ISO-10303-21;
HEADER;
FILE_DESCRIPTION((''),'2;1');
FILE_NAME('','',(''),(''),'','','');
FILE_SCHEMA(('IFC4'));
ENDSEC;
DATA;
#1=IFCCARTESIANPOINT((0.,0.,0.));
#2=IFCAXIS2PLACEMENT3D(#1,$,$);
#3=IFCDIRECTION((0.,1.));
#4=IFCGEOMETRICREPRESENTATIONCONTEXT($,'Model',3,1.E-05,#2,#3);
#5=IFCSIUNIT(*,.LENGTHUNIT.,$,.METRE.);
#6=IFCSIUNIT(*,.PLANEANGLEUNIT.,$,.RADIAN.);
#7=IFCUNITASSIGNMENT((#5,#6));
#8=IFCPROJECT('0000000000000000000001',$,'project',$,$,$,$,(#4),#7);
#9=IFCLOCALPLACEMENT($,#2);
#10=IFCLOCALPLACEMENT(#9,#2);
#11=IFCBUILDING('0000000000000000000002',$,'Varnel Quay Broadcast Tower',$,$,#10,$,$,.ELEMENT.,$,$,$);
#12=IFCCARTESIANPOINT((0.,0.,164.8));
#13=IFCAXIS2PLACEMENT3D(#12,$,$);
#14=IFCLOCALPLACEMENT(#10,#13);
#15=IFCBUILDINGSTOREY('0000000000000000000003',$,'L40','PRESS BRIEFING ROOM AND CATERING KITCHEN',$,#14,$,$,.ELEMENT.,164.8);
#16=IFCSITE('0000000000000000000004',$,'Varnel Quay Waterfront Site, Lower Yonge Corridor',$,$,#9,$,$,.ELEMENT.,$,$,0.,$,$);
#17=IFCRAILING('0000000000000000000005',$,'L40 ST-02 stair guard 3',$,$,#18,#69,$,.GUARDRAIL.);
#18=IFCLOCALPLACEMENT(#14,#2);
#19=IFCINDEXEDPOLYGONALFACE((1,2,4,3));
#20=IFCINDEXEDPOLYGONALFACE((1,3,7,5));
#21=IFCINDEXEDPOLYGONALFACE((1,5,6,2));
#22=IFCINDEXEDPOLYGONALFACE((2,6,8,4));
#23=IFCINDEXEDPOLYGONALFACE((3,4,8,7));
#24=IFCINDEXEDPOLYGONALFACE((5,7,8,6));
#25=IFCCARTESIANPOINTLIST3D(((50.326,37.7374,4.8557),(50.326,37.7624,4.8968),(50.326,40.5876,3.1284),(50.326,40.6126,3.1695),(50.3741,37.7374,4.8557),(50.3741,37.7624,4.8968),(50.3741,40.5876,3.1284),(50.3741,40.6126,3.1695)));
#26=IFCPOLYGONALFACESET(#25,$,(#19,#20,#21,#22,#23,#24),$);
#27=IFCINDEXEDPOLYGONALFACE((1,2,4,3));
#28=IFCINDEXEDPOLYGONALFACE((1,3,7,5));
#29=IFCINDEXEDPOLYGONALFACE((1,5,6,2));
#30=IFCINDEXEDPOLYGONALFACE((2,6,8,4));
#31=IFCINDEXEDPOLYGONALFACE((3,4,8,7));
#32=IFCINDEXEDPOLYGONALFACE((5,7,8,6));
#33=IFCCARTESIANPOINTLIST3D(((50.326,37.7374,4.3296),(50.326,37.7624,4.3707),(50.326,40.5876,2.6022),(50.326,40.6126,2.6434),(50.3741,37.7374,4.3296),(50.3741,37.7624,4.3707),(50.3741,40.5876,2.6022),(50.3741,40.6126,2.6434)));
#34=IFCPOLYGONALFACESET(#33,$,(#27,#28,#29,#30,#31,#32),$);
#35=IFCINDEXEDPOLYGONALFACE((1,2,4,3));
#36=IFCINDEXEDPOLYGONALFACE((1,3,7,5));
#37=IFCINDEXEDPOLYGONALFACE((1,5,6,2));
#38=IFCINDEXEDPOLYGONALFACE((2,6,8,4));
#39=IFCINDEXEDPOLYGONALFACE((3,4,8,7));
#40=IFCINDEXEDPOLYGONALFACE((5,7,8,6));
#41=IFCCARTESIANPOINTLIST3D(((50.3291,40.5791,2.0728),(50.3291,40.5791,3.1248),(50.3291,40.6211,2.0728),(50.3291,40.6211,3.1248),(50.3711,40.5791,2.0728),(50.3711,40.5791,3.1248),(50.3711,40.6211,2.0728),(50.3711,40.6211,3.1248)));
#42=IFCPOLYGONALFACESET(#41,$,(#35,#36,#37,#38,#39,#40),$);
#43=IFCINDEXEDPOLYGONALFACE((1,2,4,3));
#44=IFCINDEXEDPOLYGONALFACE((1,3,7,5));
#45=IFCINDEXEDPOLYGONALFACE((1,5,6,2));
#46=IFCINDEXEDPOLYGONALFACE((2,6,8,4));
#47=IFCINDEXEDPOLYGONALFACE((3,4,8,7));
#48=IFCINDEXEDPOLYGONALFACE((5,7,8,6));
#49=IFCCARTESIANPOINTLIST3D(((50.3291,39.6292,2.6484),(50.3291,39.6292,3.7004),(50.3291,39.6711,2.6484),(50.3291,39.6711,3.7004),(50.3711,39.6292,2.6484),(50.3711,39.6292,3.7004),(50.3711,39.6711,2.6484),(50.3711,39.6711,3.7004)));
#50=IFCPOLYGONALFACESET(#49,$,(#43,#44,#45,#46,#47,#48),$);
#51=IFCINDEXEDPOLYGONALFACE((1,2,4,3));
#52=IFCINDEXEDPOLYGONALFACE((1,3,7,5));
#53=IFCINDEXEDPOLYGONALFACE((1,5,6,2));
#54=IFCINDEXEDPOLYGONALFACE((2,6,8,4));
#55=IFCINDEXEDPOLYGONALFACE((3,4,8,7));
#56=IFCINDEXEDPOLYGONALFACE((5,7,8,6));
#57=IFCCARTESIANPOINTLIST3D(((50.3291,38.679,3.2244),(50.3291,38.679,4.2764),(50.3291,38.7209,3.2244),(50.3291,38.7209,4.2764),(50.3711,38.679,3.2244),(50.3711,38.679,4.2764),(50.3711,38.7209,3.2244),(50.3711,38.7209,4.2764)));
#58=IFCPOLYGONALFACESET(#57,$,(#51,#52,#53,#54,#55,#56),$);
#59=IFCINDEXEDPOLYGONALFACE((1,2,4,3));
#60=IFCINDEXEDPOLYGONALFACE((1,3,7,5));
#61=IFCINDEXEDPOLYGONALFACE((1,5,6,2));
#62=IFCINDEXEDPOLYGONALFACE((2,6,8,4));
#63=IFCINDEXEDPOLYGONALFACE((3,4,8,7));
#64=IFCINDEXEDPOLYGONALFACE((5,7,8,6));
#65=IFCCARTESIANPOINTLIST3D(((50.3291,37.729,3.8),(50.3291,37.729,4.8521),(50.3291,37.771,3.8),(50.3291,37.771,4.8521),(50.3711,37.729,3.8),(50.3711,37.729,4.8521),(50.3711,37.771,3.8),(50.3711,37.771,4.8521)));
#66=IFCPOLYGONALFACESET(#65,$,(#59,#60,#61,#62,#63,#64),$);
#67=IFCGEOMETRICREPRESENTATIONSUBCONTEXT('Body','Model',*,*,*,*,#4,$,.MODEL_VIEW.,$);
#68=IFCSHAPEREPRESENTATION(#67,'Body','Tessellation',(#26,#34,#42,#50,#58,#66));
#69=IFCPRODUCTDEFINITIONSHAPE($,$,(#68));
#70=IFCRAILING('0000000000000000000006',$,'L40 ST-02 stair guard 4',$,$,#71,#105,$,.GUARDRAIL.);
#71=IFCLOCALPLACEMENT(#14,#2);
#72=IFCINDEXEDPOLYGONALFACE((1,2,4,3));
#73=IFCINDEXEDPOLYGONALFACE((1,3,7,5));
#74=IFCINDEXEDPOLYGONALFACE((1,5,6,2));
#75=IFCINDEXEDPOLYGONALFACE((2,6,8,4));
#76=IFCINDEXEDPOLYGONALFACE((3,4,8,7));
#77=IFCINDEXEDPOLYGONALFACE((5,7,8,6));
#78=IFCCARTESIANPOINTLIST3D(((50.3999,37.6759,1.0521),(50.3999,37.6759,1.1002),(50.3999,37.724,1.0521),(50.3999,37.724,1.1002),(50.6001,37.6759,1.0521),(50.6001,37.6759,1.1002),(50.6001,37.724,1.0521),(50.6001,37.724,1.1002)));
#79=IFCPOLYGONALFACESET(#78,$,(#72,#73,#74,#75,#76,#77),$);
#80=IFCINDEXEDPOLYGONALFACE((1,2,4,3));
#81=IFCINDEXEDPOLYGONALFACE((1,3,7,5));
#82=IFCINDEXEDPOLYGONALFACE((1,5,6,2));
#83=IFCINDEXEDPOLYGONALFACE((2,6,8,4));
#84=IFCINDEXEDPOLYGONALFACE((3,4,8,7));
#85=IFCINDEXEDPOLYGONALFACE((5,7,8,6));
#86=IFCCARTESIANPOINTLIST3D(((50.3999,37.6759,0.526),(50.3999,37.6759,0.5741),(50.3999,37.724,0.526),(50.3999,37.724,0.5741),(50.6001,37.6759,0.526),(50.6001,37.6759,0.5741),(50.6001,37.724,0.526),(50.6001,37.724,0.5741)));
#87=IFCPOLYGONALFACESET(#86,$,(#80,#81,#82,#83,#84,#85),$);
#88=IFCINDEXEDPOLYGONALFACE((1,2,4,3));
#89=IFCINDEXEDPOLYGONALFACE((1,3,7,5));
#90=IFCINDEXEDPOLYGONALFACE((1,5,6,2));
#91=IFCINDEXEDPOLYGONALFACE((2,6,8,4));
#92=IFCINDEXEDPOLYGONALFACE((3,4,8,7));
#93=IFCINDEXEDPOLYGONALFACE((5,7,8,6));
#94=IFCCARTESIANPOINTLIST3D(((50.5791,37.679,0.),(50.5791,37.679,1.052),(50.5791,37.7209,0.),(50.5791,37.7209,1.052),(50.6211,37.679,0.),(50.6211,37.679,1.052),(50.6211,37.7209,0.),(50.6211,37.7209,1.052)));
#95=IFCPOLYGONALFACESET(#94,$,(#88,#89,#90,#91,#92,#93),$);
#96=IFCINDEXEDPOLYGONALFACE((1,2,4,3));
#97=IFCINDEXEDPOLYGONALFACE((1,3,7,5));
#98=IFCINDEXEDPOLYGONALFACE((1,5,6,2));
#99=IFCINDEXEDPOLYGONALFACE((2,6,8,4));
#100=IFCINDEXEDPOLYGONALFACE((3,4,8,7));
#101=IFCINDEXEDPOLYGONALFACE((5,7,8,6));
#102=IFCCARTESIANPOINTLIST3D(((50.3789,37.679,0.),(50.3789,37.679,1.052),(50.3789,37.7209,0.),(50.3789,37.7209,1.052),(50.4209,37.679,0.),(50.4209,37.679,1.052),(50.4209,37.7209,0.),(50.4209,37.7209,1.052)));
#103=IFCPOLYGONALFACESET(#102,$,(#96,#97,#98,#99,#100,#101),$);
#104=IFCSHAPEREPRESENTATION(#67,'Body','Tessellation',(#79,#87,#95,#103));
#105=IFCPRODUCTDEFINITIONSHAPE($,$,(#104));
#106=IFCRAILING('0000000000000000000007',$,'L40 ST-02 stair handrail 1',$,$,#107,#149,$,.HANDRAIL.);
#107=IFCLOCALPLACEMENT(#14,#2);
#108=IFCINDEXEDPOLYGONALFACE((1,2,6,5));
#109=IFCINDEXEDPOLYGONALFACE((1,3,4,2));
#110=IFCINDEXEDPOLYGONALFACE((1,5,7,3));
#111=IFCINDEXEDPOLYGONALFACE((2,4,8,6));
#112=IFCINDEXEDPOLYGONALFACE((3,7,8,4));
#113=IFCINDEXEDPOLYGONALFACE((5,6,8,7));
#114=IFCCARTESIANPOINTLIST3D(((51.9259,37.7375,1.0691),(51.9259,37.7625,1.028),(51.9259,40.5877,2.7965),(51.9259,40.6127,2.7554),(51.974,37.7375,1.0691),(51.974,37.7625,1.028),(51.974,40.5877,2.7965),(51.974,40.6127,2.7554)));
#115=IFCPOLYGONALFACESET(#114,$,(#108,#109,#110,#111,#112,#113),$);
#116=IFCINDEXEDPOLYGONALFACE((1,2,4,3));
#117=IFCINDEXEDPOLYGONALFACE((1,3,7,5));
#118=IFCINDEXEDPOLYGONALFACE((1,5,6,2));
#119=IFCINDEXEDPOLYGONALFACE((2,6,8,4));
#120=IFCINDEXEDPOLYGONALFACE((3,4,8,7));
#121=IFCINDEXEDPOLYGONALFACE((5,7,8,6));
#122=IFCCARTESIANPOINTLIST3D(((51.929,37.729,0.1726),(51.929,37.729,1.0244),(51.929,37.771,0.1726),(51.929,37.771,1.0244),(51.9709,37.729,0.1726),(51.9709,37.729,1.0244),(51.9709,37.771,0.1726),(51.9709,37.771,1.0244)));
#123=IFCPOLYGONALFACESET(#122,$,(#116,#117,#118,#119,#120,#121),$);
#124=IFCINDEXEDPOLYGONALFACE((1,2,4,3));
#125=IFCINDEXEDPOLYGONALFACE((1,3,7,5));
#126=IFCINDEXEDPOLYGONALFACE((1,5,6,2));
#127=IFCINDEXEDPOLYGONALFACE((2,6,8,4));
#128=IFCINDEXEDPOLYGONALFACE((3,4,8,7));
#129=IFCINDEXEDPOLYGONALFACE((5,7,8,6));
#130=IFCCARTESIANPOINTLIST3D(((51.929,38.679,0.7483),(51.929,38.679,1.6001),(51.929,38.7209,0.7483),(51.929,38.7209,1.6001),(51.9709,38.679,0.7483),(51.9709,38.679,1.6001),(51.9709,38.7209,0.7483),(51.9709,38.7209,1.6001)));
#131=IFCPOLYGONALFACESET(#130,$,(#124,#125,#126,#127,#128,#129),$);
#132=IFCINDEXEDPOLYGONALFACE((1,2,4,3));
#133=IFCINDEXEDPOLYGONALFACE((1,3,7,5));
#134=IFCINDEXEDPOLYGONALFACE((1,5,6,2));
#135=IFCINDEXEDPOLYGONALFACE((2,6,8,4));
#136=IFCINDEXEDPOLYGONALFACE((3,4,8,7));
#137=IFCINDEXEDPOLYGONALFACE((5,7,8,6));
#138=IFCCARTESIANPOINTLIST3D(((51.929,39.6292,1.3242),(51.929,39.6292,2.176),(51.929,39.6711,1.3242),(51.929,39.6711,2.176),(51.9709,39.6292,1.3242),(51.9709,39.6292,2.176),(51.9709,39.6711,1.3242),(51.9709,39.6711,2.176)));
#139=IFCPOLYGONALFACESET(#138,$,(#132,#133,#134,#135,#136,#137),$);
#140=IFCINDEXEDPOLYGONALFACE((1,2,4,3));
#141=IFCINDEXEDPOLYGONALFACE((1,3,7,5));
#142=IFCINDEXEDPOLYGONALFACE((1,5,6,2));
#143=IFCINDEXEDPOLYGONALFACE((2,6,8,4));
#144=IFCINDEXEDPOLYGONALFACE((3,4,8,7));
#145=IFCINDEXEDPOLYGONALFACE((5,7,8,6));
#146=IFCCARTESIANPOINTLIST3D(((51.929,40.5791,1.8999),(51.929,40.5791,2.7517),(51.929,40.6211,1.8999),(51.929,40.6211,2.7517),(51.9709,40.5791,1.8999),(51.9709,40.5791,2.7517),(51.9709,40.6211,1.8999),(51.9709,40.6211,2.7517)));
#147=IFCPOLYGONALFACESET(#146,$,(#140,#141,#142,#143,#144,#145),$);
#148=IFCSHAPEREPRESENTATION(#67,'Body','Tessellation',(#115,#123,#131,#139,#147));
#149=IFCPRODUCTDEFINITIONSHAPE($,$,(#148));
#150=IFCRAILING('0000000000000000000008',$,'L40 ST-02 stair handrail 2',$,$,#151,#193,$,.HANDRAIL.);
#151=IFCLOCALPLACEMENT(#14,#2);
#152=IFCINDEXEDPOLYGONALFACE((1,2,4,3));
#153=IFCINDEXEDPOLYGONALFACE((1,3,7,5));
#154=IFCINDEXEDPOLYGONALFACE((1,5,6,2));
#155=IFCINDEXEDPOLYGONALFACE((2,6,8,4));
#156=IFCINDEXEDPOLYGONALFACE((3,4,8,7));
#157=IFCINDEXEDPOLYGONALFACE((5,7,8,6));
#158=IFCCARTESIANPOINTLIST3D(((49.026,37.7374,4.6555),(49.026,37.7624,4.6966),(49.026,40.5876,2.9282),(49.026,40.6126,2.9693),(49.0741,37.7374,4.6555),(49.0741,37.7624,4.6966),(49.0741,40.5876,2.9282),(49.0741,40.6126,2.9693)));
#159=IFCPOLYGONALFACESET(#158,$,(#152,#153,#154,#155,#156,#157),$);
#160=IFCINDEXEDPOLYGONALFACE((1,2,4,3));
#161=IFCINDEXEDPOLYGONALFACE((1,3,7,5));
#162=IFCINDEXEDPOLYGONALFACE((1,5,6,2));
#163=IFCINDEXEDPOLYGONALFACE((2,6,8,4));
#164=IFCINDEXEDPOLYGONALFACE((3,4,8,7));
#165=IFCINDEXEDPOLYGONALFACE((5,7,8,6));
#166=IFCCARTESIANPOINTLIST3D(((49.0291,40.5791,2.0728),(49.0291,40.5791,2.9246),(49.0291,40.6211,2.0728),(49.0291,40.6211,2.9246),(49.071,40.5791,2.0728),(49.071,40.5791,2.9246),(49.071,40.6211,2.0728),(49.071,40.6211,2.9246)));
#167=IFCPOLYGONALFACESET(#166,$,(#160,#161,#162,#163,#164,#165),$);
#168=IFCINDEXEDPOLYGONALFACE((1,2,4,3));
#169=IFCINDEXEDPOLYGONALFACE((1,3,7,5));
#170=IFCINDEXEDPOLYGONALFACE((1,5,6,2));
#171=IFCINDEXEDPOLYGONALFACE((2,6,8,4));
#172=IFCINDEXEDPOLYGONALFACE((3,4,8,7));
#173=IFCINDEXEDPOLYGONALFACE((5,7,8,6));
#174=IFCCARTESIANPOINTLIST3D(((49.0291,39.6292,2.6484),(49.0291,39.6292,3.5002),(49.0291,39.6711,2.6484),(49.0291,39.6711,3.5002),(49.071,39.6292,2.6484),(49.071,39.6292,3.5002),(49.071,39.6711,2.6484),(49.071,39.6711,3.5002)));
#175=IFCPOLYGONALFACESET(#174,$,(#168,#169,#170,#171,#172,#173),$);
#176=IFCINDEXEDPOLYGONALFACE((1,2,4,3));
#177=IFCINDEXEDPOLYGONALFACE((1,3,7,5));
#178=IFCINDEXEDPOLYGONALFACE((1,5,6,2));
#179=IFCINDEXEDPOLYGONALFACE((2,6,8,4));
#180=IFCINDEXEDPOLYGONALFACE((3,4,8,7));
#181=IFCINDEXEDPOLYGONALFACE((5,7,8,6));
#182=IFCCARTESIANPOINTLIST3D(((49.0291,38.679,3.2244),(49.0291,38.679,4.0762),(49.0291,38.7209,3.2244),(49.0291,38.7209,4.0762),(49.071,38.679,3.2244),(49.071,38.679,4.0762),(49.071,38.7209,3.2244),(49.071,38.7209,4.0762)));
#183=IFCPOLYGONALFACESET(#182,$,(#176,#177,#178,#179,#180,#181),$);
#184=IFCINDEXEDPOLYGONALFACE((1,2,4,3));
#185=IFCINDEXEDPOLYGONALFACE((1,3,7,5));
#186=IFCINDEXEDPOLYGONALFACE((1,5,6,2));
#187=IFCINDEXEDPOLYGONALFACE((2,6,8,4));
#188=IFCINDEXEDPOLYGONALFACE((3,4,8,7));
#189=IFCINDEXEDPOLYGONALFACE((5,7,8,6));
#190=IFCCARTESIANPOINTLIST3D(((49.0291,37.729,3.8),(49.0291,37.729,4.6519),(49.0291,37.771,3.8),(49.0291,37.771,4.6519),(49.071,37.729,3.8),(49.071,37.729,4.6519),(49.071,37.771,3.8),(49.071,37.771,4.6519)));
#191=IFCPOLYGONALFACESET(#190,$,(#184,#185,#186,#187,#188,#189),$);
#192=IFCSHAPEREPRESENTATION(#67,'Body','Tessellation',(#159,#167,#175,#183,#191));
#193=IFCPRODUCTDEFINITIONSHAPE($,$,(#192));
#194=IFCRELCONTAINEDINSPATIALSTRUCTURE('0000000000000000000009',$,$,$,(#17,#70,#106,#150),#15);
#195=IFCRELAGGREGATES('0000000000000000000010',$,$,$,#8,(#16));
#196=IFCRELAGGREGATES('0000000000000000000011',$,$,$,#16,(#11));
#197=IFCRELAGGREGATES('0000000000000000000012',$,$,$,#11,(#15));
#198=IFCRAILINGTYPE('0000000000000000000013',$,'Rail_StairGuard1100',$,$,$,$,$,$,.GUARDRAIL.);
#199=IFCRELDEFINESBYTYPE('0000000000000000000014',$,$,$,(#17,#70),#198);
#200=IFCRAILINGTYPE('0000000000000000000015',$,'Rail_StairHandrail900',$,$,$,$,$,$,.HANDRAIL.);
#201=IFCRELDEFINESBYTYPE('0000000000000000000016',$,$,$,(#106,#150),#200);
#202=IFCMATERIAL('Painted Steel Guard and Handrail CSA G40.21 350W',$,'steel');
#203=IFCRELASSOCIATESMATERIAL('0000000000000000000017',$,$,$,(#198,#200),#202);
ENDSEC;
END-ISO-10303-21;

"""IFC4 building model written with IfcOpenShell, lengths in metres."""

from ifc_helpers import new_model, si_unit, direction, frame, origin, origin_2d, place, context, subcontext, project, spatial, rectangle, extrude, material, type_object, element, save


model = new_model("IFC4")

# Units and contexts
model_context = context("Model", 3, precision=1e-05, world=origin(), true_north=direction((0.0, 1.0)))
body_context = subcontext(model_context, "Body", "Model", "MODEL_VIEW")
ifc_project = project(units=[si_unit("LENGTHUNIT", "METRE"), si_unit("PLANEANGLEUNIT", "RADIAN")], contexts=[model_context])

# Site, building, storey
site_placement = place(None, origin())
site = spatial("IfcSite", under=ifc_project, at=site_placement, Name="Varnel Quay Waterfront Site, Lower Yonge Corridor", CompositionType="ELEMENT", RefElevation=0.0)
building_placement = place(site_placement, origin())
building = spatial("IfcBuilding", under=site, at=building_placement, Name="Varnel Quay Broadcast Tower", CompositionType="ELEMENT")
storey_placement = place(building_placement, frame((0.0, 0.0, 164.8)))
storey = spatial("IfcBuildingStorey", under=building, at=storey_placement, Name="L40", Description="PRESS BRIEFING ROOM AND CATERING KITCHEN", CompositionType="ELEMENT", Elevation=164.8)

# Railings
ifc_material_1 = material(Name="Painted Steel Guard and Handrail CSA G40.21 350W", Category="steel")
railing_type_1 = type_object("IfcRailingType", Name="Rail_StairGuard1100", PredefinedType="GUARDRAIL", material=ifc_material_1)
railing_1_placement = place(storey_placement, frame((50.3501, 40.6001, 2.0728)))
element("IfcRailing", 1, at=railing_1_placement, inside=storey, type_object=railing_type_1, Name="L40 ST-02 stair guard 3", PredefinedType="GUARDRAIL", context=body_context, shape_type="SweptSolid", body=[
    extrude(rectangle(XDim=0.0481, YDim=0.0481, at=origin_2d()), frame((0.0, 0.0, 1.0762), z_axis=(0.0, -0.855203, 0.518294), x_axis=(1.0, 0.0, 0.0)), (0.0, 0.0, 1.0), 3.3328),
    extrude(rectangle(XDim=0.0481, YDim=0.0481, at=origin_2d()), frame((0.0, 0.0, 0.55), z_axis=(0.0, -0.855203, 0.518294), x_axis=(1.0, 0.0, 0.0)), (0.0, 0.0, 1.0), 3.3328),
    extrude(rectangle(XDim=0.042, YDim=0.042, at=origin_2d()), origin(), (0.0, 0.0, 1.0), 1.052),
    extrude(rectangle(XDim=0.042, YDim=0.042, at=origin_2d()), frame((0.0, -0.95, 0.5757)), (0.0, 0.0, 1.0), 1.052),
    extrude(rectangle(XDim=0.042, YDim=0.042, at=origin_2d()), frame((0.0, -1.9001, 1.1516)), (0.0, 0.0, 1.0), 1.052),
    extrude(rectangle(XDim=0.042, YDim=0.042, at=origin_2d()), frame((0.0, -2.8501, 1.7273)), (0.0, 0.0, 1.0), 1.052),
])
railing_2_placement = place(storey_placement, frame((50.6001, 37.7, 0.0)))
element("IfcRailing", 2, at=railing_2_placement, inside=storey, type_object=railing_type_1, Name="L40 ST-02 stair guard 4", PredefinedType="GUARDRAIL", context=body_context, shape_type="SweptSolid", body=[
    extrude(rectangle(XDim=0.0481, YDim=0.0481, at=origin_2d()), frame((0.0, 0.0, 1.0762), z_axis=(-1.0, 0.0, 0.0), x_axis=(0.0, -1.0, 0.0)), (0.0, 0.0, 1.0), 0.2002),
    extrude(rectangle(XDim=0.0481, YDim=0.0481, at=origin_2d()), frame((0.0, 0.0, 0.55), z_axis=(-1.0, 0.0, 0.0), x_axis=(0.0, -1.0, 0.0)), (0.0, 0.0, 1.0), 0.2002),
    extrude(rectangle(XDim=0.042, YDim=0.042, at=origin_2d()), origin(), (0.0, 0.0, 1.0), 1.052),
    extrude(rectangle(XDim=0.042, YDim=0.042, at=origin_2d()), frame((-0.2002, 0.0, 0.0)), (0.0, 0.0, 1.0), 1.052),
])
railing_type_2 = type_object("IfcRailingType", Name="Rail_StairHandrail900", PredefinedType="HANDRAIL", material=ifc_material_1)
railing_3_placement = place(storey_placement, frame((51.95, 37.75, 0.1726)))
element("IfcRailing", 3, at=railing_3_placement, inside=storey, type_object=railing_type_2, Name="L40 ST-02 stair handrail 1", PredefinedType="HANDRAIL", context=body_context, shape_type="SweptSolid", body=[
    extrude(rectangle(XDim=0.0481, YDim=0.0481, at=origin_2d()), frame((0.0, 0.0, 0.876), z_axis=(0.0, 0.855203, 0.518294), x_axis=(-1.0, 0.0, 0.0)), (0.0, 0.0, 1.0), 3.3328),
    extrude(rectangle(XDim=0.042, YDim=0.042, at=origin_2d()), origin(), (0.0, 0.0, 1.0), 0.8518),
    extrude(rectangle(XDim=0.042, YDim=0.042, at=origin_2d()), frame((0.0, 0.95, 0.5757)), (0.0, 0.0, 1.0), 0.8518),
    extrude(rectangle(XDim=0.042, YDim=0.042, at=origin_2d()), frame((0.0, 1.9001, 1.1516)), (0.0, 0.0, 1.0), 0.8518),
    extrude(rectangle(XDim=0.042, YDim=0.042, at=origin_2d()), frame((0.0, 2.8501, 1.7273)), (0.0, 0.0, 1.0), 0.8518),
])
railing_4_placement = place(storey_placement, frame((49.05, 40.6001, 2.0728)))
element("IfcRailing", 4, at=railing_4_placement, inside=storey, type_object=railing_type_2, Name="L40 ST-02 stair handrail 2", PredefinedType="HANDRAIL", context=body_context, shape_type="SweptSolid", body=[
    extrude(rectangle(XDim=0.0481, YDim=0.0481, at=origin_2d()), frame((0.0, 0.0, 0.876), z_axis=(0.0, -0.855203, 0.518294), x_axis=(1.0, 0.0, 0.0)), (0.0, 0.0, 1.0), 3.3328),
    extrude(rectangle(XDim=0.042, YDim=0.042, at=origin_2d()), origin(), (0.0, 0.0, 1.0), 0.8518),
    extrude(rectangle(XDim=0.042, YDim=0.042, at=origin_2d()), frame((0.0, -0.95, 0.5757)), (0.0, 0.0, 1.0), 0.8518),
    extrude(rectangle(XDim=0.042, YDim=0.042, at=origin_2d()), frame((0.0, -1.9001, 1.1516)), (0.0, 0.0, 1.0), 0.8518),
    extrude(rectangle(XDim=0.042, YDim=0.042, at=origin_2d()), frame((0.0, -2.8501, 1.7273)), (0.0, 0.0, 1.0), 0.8518),
])

save(model, "model.ifc")
